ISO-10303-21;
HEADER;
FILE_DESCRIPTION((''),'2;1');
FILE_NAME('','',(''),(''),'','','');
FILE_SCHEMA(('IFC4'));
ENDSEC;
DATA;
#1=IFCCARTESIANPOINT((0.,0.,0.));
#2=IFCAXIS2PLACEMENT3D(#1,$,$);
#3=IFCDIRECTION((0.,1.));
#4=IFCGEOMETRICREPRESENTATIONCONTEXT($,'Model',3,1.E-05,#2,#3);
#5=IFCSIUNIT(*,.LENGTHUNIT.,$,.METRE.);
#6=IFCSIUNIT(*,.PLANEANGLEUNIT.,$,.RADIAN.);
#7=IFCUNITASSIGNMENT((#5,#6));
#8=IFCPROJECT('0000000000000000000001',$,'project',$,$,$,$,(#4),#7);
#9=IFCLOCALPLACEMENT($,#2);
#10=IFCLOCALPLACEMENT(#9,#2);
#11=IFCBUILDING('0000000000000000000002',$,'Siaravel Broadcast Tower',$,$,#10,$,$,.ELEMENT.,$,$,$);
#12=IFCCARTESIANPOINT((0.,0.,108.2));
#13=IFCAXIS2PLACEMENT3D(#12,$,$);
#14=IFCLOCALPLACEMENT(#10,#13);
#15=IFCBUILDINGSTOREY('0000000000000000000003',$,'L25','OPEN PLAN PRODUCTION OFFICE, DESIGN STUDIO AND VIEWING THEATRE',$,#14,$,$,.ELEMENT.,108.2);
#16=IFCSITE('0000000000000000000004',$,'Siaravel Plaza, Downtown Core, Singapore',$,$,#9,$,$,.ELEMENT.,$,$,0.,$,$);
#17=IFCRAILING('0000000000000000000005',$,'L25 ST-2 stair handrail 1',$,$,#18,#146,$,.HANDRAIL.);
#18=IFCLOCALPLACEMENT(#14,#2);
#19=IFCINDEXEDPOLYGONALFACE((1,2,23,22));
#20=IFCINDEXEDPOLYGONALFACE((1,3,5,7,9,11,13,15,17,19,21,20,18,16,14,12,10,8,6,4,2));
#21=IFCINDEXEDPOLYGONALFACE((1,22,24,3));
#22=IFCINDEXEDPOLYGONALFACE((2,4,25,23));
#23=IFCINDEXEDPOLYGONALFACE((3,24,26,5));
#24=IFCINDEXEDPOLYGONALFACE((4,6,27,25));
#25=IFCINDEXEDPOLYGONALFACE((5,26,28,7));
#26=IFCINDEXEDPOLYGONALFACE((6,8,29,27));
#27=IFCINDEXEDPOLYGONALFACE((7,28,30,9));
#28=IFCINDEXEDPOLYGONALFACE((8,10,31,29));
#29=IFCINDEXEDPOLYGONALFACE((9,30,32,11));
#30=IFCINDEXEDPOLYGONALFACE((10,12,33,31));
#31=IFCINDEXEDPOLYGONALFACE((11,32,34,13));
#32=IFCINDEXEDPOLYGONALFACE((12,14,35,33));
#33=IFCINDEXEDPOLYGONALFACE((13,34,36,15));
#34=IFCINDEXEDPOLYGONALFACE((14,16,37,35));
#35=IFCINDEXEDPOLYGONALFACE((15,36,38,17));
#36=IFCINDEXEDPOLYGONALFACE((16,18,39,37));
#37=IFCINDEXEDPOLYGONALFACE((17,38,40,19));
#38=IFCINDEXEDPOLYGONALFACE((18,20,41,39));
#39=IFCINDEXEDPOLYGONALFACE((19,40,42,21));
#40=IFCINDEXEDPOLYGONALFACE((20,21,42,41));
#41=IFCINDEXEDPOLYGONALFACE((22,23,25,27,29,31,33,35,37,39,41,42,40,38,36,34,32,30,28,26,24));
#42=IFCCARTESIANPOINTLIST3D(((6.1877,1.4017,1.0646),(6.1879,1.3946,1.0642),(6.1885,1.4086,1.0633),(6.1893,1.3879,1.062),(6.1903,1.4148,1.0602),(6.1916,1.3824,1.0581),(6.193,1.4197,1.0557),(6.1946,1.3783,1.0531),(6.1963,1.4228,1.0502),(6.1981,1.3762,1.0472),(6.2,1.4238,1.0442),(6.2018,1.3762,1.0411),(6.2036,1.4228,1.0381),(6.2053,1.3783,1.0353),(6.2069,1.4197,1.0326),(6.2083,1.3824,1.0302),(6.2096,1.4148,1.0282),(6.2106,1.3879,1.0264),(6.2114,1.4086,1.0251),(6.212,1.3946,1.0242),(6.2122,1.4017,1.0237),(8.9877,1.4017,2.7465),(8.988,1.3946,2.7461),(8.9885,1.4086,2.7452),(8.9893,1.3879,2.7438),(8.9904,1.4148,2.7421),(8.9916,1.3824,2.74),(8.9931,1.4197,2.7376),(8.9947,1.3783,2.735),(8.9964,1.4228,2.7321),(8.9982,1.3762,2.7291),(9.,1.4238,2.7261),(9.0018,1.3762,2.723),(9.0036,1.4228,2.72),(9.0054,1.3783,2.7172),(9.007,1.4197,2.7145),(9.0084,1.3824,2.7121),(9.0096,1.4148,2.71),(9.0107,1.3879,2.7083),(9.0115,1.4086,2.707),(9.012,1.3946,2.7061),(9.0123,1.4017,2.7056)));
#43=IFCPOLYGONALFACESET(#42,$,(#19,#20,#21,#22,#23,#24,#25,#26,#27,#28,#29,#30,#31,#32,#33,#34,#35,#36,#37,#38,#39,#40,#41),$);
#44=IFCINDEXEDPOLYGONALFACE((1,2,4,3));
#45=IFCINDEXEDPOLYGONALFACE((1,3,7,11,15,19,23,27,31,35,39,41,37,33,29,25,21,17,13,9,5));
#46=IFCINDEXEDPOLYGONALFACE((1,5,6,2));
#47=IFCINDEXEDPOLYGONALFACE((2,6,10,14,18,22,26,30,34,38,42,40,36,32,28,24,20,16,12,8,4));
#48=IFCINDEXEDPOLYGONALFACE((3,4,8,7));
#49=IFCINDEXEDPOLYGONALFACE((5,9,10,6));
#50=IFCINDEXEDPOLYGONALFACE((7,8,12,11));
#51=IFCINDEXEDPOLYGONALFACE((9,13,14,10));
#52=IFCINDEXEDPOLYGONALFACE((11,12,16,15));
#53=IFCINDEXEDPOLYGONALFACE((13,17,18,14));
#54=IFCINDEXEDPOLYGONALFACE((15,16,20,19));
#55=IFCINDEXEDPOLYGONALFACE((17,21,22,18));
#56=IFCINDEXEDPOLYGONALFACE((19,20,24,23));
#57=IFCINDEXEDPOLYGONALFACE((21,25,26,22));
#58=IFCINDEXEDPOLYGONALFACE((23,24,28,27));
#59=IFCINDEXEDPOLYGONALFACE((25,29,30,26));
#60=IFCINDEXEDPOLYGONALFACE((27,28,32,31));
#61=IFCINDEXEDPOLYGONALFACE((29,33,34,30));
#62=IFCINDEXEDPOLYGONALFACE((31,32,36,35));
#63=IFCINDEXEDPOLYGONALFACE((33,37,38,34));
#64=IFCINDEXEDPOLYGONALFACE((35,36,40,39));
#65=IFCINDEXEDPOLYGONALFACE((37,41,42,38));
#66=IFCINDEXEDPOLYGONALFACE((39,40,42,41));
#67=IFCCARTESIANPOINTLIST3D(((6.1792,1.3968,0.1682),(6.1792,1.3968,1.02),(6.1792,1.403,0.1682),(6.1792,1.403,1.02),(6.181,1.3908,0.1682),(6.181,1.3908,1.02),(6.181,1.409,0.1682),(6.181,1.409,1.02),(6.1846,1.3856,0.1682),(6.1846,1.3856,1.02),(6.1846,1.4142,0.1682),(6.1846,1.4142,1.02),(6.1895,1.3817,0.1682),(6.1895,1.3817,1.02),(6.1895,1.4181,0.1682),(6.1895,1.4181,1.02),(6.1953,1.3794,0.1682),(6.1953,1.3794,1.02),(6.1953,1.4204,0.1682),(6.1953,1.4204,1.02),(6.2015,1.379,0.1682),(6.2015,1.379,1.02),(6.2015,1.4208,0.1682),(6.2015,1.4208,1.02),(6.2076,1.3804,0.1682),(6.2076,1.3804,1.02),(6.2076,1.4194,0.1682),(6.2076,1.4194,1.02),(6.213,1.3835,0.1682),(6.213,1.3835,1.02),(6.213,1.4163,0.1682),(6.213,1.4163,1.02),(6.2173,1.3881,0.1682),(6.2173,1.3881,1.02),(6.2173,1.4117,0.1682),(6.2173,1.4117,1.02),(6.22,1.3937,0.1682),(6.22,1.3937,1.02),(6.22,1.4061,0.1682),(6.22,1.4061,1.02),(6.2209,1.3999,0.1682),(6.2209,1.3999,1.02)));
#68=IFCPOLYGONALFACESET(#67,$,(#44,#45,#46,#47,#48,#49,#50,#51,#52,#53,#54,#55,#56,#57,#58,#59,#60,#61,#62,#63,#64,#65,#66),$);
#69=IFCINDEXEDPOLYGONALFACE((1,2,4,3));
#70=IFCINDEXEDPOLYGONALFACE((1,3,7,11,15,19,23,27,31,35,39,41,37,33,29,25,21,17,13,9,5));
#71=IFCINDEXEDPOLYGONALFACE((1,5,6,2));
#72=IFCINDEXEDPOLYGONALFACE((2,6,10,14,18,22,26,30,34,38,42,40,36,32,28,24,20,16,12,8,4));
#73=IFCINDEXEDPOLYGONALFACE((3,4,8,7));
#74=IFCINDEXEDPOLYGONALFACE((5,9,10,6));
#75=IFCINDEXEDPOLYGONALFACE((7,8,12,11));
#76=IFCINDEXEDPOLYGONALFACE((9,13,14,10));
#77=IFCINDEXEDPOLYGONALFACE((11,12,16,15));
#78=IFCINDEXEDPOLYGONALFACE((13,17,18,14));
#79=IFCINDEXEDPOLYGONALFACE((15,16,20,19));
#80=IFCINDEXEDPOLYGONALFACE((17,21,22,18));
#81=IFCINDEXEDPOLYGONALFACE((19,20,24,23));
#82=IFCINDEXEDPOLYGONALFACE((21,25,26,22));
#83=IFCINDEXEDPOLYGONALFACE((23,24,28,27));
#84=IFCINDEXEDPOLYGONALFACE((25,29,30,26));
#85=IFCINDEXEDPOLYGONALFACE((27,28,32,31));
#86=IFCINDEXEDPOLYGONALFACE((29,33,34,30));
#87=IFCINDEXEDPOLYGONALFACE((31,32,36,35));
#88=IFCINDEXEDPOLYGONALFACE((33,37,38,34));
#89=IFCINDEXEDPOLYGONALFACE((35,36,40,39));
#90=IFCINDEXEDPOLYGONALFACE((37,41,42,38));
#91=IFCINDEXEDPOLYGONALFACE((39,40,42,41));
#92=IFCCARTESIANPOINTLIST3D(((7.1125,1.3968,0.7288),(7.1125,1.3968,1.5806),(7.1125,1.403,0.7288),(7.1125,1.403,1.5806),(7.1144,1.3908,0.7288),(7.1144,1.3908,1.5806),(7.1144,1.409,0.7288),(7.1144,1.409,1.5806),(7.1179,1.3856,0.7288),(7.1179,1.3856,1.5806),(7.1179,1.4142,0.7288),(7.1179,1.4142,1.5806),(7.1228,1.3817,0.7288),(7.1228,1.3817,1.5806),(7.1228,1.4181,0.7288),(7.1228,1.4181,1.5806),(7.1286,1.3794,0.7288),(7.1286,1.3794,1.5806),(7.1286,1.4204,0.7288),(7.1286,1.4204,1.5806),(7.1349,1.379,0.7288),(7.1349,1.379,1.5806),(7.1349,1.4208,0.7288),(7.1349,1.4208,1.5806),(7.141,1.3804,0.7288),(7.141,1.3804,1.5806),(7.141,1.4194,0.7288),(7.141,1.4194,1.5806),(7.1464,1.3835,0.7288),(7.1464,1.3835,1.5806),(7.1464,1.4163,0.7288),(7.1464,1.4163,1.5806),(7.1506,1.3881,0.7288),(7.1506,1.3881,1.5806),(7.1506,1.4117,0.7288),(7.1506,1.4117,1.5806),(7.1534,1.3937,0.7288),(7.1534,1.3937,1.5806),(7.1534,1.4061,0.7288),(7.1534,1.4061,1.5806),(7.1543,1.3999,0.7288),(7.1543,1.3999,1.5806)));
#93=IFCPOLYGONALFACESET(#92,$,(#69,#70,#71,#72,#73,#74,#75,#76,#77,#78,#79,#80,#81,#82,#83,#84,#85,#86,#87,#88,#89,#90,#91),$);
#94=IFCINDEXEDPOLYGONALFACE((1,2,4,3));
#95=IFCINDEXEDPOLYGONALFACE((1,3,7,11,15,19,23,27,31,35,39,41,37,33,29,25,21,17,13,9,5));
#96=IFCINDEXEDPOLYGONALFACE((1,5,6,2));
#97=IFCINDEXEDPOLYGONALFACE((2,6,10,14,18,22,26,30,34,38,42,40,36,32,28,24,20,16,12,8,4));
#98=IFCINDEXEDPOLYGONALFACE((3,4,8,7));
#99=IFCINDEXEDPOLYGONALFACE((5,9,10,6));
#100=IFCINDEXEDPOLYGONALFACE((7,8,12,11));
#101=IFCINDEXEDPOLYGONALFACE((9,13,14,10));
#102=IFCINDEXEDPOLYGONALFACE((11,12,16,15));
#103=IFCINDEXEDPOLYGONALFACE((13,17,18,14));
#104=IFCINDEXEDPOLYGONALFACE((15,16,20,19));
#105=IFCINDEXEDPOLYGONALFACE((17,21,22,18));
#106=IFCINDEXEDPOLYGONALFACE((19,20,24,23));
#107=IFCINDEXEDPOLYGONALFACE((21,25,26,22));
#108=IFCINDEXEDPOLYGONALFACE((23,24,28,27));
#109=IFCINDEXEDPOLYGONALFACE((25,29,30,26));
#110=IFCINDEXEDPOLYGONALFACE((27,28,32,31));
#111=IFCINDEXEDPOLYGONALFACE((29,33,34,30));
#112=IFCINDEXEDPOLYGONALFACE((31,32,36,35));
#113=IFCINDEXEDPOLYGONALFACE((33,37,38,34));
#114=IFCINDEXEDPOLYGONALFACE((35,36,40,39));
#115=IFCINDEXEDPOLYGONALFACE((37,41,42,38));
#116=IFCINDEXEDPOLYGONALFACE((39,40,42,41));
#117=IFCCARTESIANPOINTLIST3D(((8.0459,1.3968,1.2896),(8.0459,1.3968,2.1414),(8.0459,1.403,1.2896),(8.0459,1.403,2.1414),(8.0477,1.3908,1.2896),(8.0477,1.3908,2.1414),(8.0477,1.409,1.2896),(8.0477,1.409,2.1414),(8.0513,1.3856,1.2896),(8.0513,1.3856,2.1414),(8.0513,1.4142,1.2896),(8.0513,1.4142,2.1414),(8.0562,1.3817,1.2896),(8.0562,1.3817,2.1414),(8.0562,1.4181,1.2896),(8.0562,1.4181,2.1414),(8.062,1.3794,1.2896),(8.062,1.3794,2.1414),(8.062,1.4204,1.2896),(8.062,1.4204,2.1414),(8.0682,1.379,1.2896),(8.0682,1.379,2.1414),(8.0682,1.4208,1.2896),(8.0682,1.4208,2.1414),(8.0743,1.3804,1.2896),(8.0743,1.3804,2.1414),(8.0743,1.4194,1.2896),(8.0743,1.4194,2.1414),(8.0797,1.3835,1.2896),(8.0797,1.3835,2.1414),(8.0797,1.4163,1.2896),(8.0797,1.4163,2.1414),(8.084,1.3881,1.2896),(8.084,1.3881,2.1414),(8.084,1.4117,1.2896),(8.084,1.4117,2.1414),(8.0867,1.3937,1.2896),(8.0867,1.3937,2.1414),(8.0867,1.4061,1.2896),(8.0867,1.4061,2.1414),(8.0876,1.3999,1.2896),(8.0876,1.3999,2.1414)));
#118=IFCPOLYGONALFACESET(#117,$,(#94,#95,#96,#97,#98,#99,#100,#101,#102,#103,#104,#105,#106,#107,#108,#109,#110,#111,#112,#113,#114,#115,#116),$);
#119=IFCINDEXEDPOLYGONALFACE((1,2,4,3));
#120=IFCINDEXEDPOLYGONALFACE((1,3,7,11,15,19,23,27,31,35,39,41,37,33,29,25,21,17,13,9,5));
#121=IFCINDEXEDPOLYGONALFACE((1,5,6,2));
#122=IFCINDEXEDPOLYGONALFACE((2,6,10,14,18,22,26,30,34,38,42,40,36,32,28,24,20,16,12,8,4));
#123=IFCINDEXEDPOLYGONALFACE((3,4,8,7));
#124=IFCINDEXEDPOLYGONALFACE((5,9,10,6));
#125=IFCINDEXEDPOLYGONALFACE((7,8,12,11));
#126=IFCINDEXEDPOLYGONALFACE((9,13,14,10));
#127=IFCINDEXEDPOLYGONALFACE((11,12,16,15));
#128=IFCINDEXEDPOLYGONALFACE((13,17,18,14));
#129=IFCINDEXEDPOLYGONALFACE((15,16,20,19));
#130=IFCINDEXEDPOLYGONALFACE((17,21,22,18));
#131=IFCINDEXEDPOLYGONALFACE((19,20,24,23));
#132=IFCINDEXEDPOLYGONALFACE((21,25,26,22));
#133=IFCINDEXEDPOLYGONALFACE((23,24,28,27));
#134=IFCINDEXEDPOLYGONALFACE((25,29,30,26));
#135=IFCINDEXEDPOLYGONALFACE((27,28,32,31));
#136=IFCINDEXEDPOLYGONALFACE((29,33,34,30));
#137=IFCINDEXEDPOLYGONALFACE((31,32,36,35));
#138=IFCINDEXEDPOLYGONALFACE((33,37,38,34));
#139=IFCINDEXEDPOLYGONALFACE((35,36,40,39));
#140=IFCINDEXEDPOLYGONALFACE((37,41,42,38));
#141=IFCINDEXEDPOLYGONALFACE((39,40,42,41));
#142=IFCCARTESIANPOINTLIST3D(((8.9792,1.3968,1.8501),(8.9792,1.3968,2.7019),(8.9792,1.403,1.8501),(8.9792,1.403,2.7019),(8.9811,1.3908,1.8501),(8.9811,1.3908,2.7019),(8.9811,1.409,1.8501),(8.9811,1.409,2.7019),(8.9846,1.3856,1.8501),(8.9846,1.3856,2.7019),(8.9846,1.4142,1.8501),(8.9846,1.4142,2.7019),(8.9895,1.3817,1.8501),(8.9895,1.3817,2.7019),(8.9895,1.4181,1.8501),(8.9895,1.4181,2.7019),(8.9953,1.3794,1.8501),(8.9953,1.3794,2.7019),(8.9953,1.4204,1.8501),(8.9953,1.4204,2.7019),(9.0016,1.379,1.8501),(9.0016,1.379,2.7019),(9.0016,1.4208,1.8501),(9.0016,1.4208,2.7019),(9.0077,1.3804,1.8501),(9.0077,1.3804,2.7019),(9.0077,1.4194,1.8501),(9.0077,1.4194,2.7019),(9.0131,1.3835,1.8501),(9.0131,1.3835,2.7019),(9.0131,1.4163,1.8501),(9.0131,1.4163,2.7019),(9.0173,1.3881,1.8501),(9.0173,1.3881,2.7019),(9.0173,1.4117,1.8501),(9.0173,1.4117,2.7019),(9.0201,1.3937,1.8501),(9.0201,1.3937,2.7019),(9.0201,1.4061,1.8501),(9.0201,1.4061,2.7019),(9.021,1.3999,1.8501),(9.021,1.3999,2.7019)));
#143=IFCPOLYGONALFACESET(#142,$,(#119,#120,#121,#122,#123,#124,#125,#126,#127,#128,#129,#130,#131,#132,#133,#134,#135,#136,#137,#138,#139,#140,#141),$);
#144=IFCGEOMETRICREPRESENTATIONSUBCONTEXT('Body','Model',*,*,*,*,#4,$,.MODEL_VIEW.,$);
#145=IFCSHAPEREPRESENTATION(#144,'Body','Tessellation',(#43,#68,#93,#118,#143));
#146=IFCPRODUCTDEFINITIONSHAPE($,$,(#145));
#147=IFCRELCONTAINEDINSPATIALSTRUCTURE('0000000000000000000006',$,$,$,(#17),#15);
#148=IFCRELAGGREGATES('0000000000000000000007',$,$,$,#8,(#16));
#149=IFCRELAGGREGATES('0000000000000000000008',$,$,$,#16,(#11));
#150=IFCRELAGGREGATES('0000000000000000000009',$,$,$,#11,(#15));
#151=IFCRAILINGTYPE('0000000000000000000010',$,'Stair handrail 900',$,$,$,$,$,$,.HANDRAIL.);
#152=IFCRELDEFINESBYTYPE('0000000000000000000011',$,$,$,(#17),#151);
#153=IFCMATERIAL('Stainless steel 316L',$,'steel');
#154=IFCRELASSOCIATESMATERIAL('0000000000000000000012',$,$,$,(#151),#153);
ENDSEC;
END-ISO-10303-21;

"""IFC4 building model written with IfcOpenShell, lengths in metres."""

from ifc_helpers import new_model, si_unit, direction, frame, origin, origin_2d, place, context, subcontext, project, spatial, circle, extrude, material, type_object, element, save


model = new_model("IFC4")

# Units and contexts
model_context = context("Model", 3, precision=1e-05, world=origin(), true_north=direction((0.0, 1.0)))
body_context = subcontext(model_context, "Body", "Model", "MODEL_VIEW")
ifc_project = project(units=[si_unit("LENGTHUNIT", "METRE"), si_unit("PLANEANGLEUNIT", "RADIAN")], contexts=[model_context])

# Site, building, storey
site_placement = place(None, origin())
site = spatial("IfcSite", under=ifc_project, at=site_placement, Name="Siaravel Plaza, Downtown Core, Singapore", CompositionType="ELEMENT", RefElevation=0.0)
building_placement = place(site_placement, origin())
building = spatial("IfcBuilding", under=site, at=building_placement, Name="Siaravel Broadcast Tower", CompositionType="ELEMENT")
storey_placement = place(building_placement, frame((0.0, 0.0, 108.2)))
storey = spatial("IfcBuildingStorey", under=building, at=storey_placement, Name="L25", Description="OPEN PLAN PRODUCTION OFFICE, DESIGN STUDIO AND VIEWING THEATRE", CompositionType="ELEMENT", Elevation=108.2)

# Railing
ifc_material_1 = material(Name="Stainless steel 316L", Category="steel")
railing_type_1 = type_object("IfcRailingType", Name="Stair handrail 900", PredefinedType="HANDRAIL", material=ifc_material_1)
railing_1_placement = place(storey_placement, frame((6.2, 1.3999, 0.1682)))
element("IfcRailing", 1, at=railing_1_placement, inside=storey, type_object=railing_type_1, Name="L25 ST-2 stair handrail 1", PredefinedType="HANDRAIL", context=body_context, shape_type="SweptSolid", body=[
    extrude(circle(Radius=0.0239, at=origin_2d()), frame((0.0, 0.0, 0.876), z_axis=(0.857242, 0.0, 0.514913), x_axis=(0.0, 1.0, 0.0)), (0.0, 0.0, 1.0), 3.2664),
    extrude(circle(Radius=0.021, at=origin_2d()), origin(), (0.0, 0.0, 1.0), 0.8518),
    extrude(circle(Radius=0.021, at=origin_2d()), frame((0.9333, 0.0, 0.5605)), (0.0, 0.0, 1.0), 0.8518),
    extrude(circle(Radius=0.021, at=origin_2d()), frame((1.8667, 0.0, 1.1213)), (0.0, 0.0, 1.0), 0.8518),
    extrude(circle(Radius=0.021, at=origin_2d()), frame((2.8, 0.0, 1.6819)), (0.0, 0.0, 1.0), 0.8518),
])

save(model, "model.ifc")
